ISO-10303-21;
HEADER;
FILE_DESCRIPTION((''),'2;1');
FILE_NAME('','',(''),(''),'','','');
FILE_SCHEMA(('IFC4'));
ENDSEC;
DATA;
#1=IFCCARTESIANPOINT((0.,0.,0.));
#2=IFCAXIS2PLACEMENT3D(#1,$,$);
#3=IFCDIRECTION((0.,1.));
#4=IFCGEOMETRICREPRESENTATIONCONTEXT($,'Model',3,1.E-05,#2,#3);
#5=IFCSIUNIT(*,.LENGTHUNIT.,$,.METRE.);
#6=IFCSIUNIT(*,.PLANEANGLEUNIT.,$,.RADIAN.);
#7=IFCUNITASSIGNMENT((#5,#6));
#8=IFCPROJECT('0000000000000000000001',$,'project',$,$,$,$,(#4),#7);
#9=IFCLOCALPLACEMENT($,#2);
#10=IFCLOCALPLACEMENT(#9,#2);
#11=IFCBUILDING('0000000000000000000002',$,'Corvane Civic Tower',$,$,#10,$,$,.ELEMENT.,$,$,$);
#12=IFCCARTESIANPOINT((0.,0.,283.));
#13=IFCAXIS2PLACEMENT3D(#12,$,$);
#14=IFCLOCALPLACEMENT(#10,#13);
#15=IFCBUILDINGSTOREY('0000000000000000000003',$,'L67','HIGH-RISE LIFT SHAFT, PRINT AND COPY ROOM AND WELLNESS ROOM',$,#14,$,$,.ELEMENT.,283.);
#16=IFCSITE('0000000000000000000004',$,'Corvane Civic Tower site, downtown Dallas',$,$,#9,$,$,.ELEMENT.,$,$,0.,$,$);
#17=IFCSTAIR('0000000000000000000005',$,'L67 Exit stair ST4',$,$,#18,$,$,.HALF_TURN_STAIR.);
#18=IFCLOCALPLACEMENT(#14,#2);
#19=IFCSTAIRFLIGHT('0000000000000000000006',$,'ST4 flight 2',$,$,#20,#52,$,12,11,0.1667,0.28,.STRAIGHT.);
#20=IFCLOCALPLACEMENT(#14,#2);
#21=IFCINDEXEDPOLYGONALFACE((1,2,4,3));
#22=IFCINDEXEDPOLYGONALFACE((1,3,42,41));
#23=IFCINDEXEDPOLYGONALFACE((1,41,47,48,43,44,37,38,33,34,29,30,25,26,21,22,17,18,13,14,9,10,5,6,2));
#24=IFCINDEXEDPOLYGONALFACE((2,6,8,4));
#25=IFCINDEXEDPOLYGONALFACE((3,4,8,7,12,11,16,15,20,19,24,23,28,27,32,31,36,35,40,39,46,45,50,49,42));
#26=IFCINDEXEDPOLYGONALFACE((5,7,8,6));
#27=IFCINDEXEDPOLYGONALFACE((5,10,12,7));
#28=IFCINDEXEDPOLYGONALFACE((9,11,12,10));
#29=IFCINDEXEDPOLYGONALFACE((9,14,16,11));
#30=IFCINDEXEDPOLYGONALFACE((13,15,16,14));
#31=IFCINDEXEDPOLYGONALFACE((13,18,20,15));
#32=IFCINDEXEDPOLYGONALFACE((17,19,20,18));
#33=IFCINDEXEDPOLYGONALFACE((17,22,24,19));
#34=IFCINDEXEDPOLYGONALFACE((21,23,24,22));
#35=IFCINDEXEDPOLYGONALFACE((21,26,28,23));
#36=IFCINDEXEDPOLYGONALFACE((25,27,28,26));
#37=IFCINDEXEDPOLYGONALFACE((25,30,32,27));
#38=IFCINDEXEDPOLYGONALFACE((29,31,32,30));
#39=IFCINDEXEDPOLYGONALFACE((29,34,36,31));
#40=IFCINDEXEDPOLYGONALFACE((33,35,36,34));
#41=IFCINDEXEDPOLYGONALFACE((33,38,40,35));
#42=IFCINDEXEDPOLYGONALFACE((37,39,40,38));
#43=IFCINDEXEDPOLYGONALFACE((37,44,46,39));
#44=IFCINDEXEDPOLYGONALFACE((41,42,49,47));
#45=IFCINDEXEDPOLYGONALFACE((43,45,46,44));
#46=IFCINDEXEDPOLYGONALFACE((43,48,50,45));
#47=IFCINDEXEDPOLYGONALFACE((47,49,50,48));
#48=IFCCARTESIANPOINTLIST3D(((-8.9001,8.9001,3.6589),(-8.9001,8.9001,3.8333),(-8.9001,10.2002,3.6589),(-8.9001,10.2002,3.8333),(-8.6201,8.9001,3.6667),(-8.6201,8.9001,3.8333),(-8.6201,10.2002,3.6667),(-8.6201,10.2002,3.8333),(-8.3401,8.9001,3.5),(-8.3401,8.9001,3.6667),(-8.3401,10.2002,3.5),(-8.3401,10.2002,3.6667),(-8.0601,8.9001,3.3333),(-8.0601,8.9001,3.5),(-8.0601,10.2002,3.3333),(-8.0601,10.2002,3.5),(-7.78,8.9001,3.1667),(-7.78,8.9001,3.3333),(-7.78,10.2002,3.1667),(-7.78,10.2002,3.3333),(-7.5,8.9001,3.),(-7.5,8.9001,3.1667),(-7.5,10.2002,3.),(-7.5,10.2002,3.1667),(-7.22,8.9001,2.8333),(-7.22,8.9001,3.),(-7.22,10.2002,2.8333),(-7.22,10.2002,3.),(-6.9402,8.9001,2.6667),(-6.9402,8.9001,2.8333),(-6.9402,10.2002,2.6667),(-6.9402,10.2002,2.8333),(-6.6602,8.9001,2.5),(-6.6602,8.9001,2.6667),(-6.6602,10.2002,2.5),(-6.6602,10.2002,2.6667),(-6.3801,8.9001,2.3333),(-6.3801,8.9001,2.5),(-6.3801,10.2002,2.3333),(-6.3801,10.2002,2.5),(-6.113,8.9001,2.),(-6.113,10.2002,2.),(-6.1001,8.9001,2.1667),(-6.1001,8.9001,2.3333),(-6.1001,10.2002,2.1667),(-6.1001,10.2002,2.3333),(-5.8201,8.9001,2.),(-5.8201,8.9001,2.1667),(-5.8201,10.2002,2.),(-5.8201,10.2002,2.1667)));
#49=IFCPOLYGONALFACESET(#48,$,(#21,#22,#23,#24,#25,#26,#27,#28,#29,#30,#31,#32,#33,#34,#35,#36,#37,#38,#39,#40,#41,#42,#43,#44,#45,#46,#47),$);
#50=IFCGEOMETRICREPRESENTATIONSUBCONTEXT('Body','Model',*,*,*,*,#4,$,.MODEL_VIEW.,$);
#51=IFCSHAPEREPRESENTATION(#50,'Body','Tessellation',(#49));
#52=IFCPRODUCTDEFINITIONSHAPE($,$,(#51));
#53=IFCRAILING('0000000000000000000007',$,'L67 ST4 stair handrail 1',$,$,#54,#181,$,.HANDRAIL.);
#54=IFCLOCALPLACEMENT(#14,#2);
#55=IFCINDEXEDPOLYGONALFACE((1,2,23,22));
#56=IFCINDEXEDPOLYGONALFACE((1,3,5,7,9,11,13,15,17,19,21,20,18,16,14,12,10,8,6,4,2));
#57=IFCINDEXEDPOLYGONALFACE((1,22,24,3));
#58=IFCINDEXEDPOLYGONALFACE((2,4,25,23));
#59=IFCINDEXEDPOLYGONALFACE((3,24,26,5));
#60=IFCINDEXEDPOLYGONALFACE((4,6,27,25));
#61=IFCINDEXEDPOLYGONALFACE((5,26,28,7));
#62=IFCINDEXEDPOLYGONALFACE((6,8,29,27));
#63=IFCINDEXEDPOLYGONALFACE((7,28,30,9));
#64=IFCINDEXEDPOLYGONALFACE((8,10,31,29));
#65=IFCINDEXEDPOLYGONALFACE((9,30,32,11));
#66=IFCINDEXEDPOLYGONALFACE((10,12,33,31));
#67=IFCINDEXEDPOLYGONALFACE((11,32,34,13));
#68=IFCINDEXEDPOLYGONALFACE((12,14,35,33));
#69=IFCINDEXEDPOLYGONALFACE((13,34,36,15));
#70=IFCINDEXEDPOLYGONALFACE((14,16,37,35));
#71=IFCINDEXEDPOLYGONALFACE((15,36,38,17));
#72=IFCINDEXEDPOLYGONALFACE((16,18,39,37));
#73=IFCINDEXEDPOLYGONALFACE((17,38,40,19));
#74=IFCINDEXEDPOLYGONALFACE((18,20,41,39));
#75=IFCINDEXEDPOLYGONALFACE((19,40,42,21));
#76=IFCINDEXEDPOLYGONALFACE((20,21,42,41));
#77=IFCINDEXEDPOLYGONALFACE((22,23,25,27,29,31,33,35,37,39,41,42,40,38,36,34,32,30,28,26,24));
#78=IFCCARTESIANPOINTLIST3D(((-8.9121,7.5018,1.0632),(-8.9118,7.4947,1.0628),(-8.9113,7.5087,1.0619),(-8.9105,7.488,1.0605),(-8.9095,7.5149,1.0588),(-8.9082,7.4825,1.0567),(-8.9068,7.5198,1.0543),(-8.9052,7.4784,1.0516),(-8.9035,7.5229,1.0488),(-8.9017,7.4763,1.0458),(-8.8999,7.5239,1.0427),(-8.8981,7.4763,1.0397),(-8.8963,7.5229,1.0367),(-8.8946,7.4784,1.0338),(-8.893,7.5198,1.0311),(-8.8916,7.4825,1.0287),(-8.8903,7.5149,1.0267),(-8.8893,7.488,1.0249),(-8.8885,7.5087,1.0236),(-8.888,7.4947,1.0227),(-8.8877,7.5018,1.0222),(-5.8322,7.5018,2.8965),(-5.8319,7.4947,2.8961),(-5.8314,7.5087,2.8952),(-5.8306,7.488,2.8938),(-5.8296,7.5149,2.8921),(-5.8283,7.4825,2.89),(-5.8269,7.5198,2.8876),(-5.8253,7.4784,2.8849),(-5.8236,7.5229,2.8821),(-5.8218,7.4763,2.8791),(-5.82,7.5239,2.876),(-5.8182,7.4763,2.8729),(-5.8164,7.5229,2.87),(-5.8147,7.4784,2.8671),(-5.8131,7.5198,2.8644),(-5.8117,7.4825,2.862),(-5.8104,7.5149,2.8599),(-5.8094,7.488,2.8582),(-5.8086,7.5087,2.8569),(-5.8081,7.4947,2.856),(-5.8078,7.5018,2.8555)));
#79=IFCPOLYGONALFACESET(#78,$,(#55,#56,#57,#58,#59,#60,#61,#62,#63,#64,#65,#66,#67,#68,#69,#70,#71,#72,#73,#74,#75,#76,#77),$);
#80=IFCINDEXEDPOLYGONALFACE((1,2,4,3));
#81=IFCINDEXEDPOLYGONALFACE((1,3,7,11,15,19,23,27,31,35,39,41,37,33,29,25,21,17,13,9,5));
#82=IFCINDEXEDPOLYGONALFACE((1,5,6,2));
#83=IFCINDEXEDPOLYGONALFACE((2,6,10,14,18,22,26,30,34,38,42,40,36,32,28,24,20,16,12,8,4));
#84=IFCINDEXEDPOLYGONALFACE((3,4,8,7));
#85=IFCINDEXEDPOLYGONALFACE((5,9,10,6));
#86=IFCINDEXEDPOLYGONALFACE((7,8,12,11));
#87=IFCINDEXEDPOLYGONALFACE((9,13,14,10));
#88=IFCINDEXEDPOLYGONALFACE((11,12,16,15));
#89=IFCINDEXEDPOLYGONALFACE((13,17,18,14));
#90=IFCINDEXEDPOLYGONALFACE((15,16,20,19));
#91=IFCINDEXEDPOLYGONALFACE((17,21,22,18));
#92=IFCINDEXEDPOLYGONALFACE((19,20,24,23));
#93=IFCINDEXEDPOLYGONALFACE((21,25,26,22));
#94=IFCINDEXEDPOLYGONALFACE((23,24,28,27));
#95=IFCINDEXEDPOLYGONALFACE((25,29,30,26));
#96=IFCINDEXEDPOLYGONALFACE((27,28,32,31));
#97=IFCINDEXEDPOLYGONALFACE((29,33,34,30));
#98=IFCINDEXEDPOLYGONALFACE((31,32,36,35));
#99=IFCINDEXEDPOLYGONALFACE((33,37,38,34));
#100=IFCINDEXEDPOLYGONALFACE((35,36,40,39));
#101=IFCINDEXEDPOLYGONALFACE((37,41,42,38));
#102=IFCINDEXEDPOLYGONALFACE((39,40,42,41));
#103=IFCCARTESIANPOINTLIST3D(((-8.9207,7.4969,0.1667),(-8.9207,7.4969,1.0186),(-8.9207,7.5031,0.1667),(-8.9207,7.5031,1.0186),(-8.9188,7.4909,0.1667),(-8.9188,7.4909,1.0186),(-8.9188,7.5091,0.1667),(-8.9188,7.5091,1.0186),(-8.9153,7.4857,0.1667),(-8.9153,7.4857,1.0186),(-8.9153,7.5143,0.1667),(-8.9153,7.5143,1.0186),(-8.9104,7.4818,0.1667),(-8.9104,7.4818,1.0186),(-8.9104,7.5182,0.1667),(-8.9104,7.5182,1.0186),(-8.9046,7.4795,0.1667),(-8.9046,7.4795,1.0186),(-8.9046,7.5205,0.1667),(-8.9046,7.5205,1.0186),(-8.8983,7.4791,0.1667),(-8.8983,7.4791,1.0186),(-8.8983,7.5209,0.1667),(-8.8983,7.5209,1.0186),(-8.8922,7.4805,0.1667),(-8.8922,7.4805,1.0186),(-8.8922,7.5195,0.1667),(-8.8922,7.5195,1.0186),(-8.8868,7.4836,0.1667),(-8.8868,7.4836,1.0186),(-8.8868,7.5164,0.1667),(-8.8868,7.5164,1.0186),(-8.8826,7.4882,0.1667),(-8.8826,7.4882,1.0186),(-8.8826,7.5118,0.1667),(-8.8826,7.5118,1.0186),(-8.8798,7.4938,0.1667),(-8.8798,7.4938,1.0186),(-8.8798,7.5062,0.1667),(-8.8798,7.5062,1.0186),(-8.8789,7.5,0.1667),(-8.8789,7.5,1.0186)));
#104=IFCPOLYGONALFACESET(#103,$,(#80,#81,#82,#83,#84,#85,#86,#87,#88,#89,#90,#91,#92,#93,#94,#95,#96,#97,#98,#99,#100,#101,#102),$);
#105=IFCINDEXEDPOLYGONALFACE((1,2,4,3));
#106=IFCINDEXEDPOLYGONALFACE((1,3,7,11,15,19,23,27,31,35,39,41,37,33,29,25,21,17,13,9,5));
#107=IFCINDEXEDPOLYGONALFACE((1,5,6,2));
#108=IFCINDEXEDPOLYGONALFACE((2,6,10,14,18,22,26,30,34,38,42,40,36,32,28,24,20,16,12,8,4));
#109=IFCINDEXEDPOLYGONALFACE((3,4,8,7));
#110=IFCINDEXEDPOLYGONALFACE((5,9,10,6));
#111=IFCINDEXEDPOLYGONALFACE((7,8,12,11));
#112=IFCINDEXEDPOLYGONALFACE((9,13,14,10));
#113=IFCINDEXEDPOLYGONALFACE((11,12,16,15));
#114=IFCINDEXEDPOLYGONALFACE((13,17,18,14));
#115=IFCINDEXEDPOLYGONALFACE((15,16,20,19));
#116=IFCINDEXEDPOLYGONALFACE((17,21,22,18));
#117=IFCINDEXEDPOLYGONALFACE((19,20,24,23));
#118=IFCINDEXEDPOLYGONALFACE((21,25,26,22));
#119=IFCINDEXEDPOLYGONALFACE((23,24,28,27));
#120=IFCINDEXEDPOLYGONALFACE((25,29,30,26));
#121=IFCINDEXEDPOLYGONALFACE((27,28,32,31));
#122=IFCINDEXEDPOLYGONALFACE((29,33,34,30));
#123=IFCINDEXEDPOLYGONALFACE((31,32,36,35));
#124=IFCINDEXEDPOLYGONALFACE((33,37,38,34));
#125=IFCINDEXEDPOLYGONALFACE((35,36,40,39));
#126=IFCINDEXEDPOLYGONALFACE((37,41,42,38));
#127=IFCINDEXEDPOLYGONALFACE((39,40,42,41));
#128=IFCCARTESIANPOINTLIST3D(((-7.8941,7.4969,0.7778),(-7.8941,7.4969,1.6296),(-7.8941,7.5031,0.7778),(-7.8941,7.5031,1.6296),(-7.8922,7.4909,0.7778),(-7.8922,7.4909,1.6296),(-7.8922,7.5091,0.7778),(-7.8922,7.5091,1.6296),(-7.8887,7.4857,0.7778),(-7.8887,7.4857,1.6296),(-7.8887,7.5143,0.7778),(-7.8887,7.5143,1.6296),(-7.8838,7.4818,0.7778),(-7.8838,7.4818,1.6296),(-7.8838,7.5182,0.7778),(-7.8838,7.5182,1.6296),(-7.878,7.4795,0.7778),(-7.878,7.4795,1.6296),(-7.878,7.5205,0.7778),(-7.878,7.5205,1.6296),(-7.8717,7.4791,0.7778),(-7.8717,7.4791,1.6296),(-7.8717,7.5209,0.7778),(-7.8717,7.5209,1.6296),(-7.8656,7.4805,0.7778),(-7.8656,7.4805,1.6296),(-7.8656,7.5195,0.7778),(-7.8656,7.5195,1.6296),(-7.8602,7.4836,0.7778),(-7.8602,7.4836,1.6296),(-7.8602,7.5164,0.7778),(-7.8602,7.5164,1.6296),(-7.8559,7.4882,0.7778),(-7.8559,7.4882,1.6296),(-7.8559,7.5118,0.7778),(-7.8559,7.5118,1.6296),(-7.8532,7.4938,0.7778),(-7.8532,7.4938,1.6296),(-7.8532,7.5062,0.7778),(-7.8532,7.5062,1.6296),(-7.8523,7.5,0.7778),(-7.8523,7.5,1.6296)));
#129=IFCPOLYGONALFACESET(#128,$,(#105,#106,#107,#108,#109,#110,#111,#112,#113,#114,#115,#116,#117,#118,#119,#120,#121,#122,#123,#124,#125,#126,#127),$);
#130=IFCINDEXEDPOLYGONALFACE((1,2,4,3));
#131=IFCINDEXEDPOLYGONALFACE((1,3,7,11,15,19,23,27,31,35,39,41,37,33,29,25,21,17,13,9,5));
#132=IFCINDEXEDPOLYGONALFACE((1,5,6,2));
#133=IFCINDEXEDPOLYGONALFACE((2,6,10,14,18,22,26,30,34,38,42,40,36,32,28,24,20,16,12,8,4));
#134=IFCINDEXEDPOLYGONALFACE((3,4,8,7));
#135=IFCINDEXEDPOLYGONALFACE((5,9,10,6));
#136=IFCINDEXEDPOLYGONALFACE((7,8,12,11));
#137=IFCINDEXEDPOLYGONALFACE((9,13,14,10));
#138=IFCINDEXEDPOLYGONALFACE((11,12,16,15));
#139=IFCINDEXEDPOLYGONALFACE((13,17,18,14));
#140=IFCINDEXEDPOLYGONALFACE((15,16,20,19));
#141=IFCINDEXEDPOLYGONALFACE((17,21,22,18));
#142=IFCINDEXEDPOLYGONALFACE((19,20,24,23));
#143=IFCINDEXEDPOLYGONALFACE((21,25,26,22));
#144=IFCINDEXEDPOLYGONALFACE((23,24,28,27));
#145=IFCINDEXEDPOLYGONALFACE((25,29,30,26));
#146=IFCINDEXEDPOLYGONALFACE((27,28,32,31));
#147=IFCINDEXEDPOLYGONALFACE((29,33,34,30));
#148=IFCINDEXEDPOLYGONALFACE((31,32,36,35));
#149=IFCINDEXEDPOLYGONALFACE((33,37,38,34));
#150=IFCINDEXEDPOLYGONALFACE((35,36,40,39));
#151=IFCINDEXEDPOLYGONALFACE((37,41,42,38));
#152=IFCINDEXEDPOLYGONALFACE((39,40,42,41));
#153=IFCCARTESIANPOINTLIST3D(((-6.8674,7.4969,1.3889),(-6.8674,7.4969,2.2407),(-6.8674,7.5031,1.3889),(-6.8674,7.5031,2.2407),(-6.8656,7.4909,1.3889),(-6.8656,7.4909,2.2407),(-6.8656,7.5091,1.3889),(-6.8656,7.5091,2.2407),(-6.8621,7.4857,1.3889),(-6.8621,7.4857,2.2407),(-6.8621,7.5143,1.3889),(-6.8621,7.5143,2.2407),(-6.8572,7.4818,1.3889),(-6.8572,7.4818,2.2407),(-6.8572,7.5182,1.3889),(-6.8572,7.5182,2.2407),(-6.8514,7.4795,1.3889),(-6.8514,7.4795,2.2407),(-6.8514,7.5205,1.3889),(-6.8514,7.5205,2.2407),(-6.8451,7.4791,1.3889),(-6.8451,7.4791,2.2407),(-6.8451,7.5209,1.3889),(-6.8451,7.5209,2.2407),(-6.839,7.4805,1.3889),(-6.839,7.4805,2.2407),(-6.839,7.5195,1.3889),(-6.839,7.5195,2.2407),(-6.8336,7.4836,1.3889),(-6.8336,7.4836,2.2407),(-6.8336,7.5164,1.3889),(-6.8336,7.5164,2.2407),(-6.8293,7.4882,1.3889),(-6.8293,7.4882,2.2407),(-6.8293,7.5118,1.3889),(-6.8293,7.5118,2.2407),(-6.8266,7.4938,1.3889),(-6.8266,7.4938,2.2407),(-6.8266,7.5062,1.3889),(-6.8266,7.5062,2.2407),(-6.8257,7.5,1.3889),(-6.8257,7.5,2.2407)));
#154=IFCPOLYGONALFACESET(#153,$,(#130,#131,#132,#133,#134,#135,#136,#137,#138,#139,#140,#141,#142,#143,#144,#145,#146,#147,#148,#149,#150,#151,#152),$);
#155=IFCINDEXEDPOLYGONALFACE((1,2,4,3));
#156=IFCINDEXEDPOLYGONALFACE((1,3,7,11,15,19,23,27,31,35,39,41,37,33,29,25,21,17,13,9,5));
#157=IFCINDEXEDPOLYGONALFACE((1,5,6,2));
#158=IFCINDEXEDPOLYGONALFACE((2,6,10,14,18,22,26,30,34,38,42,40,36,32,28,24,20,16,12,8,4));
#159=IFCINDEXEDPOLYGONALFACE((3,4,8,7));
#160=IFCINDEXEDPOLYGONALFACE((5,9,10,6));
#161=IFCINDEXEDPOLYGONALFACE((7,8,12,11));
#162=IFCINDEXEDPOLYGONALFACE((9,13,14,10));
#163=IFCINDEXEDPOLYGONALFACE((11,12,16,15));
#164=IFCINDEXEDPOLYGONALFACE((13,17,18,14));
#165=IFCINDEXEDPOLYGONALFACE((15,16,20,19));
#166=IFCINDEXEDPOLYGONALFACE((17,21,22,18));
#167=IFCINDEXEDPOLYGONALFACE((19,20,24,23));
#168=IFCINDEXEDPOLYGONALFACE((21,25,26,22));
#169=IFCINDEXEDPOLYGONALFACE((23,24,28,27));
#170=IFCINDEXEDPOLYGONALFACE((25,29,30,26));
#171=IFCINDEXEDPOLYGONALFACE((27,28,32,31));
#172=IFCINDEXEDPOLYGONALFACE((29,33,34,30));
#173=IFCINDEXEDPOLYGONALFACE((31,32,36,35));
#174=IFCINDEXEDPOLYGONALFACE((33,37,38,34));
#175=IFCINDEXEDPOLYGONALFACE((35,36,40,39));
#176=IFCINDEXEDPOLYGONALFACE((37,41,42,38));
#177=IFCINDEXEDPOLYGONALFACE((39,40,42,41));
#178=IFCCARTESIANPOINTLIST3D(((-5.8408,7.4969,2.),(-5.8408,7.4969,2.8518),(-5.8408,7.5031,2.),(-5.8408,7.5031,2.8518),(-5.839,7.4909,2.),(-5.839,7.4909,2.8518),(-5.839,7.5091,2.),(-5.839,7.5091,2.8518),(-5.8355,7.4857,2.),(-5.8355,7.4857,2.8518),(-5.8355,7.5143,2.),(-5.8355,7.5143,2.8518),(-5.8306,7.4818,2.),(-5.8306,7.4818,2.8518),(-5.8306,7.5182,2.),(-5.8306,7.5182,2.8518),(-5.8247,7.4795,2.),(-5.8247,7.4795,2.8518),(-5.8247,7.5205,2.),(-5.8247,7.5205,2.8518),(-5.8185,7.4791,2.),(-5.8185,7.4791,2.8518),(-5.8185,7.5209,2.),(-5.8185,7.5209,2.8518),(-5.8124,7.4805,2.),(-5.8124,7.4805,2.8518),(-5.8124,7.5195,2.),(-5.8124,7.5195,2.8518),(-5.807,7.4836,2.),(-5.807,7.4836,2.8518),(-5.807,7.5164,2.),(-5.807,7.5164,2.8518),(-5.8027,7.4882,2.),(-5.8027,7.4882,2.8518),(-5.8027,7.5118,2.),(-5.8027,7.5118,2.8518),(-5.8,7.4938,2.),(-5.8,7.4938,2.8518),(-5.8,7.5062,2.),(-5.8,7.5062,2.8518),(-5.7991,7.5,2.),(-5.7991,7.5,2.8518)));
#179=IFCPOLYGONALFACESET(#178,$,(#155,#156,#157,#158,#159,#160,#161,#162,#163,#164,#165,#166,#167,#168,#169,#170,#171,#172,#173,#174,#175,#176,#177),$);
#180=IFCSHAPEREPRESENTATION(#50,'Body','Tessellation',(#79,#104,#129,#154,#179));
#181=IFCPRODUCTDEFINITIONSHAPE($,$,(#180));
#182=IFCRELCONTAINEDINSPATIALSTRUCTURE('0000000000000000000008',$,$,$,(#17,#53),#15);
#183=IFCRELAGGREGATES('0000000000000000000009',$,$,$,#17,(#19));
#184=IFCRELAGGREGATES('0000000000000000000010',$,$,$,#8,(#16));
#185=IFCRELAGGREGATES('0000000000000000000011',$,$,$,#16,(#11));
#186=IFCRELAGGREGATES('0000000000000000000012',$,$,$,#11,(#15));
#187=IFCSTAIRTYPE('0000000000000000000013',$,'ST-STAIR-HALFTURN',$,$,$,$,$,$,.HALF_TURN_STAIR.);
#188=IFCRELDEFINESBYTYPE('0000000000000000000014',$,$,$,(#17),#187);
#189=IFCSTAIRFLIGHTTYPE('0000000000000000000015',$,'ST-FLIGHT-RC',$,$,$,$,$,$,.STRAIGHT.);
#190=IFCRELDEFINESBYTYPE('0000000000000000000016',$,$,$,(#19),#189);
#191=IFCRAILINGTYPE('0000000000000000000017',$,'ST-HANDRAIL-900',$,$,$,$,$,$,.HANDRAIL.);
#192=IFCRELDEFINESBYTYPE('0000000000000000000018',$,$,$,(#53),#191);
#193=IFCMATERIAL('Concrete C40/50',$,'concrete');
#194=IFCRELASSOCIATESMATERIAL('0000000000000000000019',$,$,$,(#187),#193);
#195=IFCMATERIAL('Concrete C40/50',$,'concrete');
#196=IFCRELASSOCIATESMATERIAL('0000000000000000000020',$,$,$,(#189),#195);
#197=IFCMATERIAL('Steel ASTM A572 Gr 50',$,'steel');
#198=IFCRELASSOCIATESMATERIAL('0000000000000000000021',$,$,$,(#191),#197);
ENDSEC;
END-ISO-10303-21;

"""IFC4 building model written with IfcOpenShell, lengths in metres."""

from ifc_helpers import new_model, si_unit, direction, frame, origin, origin_2d, place, context, subcontext, project, spatial, polyline, circle, outline, extrude, material, type_object, element, aggregate, save


model = new_model("IFC4")

# Units and contexts
model_context = context("Model", 3, precision=1e-05, world=origin(), true_north=direction((0.0, 1.0)))
body_context = subcontext(model_context, "Body", "Model", "MODEL_VIEW")
ifc_project = project(units=[si_unit("LENGTHUNIT", "METRE"), si_unit("PLANEANGLEUNIT", "RADIAN")], contexts=[model_context])

# Site, building, storey
site_placement = place(None, origin())
site = spatial("IfcSite", under=ifc_project, at=site_placement, Name="Corvane Civic Tower site, downtown Dallas", CompositionType="ELEMENT", RefElevation=0.0)
building_placement = place(site_placement, origin())
building = spatial("IfcBuilding", under=site, at=building_placement, Name="Corvane Civic Tower", CompositionType="ELEMENT")
storey_placement = place(building_placement, frame((0.0, 0.0, 283.0)))
storey = spatial("IfcBuildingStorey", under=building, at=storey_placement, Name="L67", Description="HIGH-RISE LIFT SHAFT, PRINT AND COPY ROOM AND WELLNESS ROOM", CompositionType="ELEMENT", Elevation=283.0)

# Stair
ifc_material_1 = material(Name="Concrete C40/50", Category="concrete")
stair_type = type_object("IfcStairType", Name="ST-STAIR-HALFTURN", PredefinedType="HALF_TURN_STAIR", material=ifc_material_1)
stair_1_placement = place(storey_placement, origin())
stair_1 = element("IfcStair", 1, at=stair_1_placement, inside=storey, type_object=stair_type, Name="L67 Exit stair ST4", PredefinedType="HALF_TURN_STAIR")

# Stair flight
ifc_material_2 = material(Name="Concrete C40/50", Category="concrete")
stair_flight_type = type_object("IfcStairFlightType", Name="ST-FLIGHT-RC", PredefinedType="STRAIGHT", material=ifc_material_2)
stair_flight_1_placement = place(storey_placement, frame((-5.8201, 9.55, 2.0), z_axis=(0.0, 0.0, 1.0), x_axis=(-1.0, 0.0, 0.0)))
stair_flight_1 = element("IfcStairFlight", 2, at=stair_flight_1_placement, type_object=stair_flight_type, Name="ST4 flight 2", NumberOfRisers=12, NumberOfTreads=11, PredefinedType="STRAIGHT", RiserHeight=0.1667, TreadLength=0.28, context=body_context, shape_type="SweptSolid", body=[
    extrude(outline(polyline([(0.0, 0.0), (0.0, 0.1667), (0.28, 0.1667), (0.28, 0.3333), (0.5601, 0.3333), (0.5601, 0.5), (0.8401, 0.5), (0.8401, 0.6667), (1.1201, 0.6667), (1.1201, 0.8333), (1.3999, 0.8333), (1.3999, 1.0), (1.6799, 1.0), (1.6799, 1.1667), (1.96, 1.1667), (1.96, 1.3333), (2.24, 1.3333), (2.24, 1.5), (2.52, 1.5), (2.52, 1.6667), (2.8, 1.6667), (2.8, 1.8333), (3.0801, 1.8333), (3.0801, 2.0), (3.0801, 1.6589), (0.293, 0.0), (0.0, 0.0)])), frame((0.0, 0.6499, 0.0), z_axis=(0.0, -1.0, 0.0), x_axis=(1.0, 0.0, 0.0)), (0.0, 0.0, 1.0), 1.3),
])
aggregate(stair_1, [stair_flight_1])

# Railing
ifc_material_3 = material(Name="Steel ASTM A572 Gr 50", Category="steel")
railing_type_1 = type_object("IfcRailingType", Name="ST-HANDRAIL-900", PredefinedType="HANDRAIL", material=ifc_material_3)
railing_1_placement = place(storey_placement, frame((-8.8999, 7.5, 0.1667)))
element("IfcRailing", 3, at=railing_1_placement, inside=storey, type_object=railing_type_1, Name="L67 ST4 stair handrail 1", PredefinedType="HANDRAIL", context=body_context, shape_type="SweptSolid", body=[
    extrude(circle(Radius=0.0239, at=origin_2d()), frame((0.0, 0.0, 0.876), z_axis=(0.859291, 0.0, 0.511487), x_axis=(0.0, 1.0, 0.0)), (0.0, 0.0, 1.0), 3.5842),
    extrude(circle(Radius=0.021, at=origin_2d()), origin(), (0.0, 0.0, 1.0), 0.8518),
    extrude(circle(Radius=0.021, at=origin_2d()), frame((1.0266, 0.0, 0.6111)), (0.0, 0.0, 1.0), 0.8518),
    extrude(circle(Radius=0.021, at=origin_2d()), frame((2.0532, 0.0, 1.2222)), (0.0, 0.0, 1.0), 0.8518),
    extrude(circle(Radius=0.021, at=origin_2d()), frame((3.0798, 0.0, 1.8333)), (0.0, 0.0, 1.0), 0.8518),
])

save(model, "model.ifc")
